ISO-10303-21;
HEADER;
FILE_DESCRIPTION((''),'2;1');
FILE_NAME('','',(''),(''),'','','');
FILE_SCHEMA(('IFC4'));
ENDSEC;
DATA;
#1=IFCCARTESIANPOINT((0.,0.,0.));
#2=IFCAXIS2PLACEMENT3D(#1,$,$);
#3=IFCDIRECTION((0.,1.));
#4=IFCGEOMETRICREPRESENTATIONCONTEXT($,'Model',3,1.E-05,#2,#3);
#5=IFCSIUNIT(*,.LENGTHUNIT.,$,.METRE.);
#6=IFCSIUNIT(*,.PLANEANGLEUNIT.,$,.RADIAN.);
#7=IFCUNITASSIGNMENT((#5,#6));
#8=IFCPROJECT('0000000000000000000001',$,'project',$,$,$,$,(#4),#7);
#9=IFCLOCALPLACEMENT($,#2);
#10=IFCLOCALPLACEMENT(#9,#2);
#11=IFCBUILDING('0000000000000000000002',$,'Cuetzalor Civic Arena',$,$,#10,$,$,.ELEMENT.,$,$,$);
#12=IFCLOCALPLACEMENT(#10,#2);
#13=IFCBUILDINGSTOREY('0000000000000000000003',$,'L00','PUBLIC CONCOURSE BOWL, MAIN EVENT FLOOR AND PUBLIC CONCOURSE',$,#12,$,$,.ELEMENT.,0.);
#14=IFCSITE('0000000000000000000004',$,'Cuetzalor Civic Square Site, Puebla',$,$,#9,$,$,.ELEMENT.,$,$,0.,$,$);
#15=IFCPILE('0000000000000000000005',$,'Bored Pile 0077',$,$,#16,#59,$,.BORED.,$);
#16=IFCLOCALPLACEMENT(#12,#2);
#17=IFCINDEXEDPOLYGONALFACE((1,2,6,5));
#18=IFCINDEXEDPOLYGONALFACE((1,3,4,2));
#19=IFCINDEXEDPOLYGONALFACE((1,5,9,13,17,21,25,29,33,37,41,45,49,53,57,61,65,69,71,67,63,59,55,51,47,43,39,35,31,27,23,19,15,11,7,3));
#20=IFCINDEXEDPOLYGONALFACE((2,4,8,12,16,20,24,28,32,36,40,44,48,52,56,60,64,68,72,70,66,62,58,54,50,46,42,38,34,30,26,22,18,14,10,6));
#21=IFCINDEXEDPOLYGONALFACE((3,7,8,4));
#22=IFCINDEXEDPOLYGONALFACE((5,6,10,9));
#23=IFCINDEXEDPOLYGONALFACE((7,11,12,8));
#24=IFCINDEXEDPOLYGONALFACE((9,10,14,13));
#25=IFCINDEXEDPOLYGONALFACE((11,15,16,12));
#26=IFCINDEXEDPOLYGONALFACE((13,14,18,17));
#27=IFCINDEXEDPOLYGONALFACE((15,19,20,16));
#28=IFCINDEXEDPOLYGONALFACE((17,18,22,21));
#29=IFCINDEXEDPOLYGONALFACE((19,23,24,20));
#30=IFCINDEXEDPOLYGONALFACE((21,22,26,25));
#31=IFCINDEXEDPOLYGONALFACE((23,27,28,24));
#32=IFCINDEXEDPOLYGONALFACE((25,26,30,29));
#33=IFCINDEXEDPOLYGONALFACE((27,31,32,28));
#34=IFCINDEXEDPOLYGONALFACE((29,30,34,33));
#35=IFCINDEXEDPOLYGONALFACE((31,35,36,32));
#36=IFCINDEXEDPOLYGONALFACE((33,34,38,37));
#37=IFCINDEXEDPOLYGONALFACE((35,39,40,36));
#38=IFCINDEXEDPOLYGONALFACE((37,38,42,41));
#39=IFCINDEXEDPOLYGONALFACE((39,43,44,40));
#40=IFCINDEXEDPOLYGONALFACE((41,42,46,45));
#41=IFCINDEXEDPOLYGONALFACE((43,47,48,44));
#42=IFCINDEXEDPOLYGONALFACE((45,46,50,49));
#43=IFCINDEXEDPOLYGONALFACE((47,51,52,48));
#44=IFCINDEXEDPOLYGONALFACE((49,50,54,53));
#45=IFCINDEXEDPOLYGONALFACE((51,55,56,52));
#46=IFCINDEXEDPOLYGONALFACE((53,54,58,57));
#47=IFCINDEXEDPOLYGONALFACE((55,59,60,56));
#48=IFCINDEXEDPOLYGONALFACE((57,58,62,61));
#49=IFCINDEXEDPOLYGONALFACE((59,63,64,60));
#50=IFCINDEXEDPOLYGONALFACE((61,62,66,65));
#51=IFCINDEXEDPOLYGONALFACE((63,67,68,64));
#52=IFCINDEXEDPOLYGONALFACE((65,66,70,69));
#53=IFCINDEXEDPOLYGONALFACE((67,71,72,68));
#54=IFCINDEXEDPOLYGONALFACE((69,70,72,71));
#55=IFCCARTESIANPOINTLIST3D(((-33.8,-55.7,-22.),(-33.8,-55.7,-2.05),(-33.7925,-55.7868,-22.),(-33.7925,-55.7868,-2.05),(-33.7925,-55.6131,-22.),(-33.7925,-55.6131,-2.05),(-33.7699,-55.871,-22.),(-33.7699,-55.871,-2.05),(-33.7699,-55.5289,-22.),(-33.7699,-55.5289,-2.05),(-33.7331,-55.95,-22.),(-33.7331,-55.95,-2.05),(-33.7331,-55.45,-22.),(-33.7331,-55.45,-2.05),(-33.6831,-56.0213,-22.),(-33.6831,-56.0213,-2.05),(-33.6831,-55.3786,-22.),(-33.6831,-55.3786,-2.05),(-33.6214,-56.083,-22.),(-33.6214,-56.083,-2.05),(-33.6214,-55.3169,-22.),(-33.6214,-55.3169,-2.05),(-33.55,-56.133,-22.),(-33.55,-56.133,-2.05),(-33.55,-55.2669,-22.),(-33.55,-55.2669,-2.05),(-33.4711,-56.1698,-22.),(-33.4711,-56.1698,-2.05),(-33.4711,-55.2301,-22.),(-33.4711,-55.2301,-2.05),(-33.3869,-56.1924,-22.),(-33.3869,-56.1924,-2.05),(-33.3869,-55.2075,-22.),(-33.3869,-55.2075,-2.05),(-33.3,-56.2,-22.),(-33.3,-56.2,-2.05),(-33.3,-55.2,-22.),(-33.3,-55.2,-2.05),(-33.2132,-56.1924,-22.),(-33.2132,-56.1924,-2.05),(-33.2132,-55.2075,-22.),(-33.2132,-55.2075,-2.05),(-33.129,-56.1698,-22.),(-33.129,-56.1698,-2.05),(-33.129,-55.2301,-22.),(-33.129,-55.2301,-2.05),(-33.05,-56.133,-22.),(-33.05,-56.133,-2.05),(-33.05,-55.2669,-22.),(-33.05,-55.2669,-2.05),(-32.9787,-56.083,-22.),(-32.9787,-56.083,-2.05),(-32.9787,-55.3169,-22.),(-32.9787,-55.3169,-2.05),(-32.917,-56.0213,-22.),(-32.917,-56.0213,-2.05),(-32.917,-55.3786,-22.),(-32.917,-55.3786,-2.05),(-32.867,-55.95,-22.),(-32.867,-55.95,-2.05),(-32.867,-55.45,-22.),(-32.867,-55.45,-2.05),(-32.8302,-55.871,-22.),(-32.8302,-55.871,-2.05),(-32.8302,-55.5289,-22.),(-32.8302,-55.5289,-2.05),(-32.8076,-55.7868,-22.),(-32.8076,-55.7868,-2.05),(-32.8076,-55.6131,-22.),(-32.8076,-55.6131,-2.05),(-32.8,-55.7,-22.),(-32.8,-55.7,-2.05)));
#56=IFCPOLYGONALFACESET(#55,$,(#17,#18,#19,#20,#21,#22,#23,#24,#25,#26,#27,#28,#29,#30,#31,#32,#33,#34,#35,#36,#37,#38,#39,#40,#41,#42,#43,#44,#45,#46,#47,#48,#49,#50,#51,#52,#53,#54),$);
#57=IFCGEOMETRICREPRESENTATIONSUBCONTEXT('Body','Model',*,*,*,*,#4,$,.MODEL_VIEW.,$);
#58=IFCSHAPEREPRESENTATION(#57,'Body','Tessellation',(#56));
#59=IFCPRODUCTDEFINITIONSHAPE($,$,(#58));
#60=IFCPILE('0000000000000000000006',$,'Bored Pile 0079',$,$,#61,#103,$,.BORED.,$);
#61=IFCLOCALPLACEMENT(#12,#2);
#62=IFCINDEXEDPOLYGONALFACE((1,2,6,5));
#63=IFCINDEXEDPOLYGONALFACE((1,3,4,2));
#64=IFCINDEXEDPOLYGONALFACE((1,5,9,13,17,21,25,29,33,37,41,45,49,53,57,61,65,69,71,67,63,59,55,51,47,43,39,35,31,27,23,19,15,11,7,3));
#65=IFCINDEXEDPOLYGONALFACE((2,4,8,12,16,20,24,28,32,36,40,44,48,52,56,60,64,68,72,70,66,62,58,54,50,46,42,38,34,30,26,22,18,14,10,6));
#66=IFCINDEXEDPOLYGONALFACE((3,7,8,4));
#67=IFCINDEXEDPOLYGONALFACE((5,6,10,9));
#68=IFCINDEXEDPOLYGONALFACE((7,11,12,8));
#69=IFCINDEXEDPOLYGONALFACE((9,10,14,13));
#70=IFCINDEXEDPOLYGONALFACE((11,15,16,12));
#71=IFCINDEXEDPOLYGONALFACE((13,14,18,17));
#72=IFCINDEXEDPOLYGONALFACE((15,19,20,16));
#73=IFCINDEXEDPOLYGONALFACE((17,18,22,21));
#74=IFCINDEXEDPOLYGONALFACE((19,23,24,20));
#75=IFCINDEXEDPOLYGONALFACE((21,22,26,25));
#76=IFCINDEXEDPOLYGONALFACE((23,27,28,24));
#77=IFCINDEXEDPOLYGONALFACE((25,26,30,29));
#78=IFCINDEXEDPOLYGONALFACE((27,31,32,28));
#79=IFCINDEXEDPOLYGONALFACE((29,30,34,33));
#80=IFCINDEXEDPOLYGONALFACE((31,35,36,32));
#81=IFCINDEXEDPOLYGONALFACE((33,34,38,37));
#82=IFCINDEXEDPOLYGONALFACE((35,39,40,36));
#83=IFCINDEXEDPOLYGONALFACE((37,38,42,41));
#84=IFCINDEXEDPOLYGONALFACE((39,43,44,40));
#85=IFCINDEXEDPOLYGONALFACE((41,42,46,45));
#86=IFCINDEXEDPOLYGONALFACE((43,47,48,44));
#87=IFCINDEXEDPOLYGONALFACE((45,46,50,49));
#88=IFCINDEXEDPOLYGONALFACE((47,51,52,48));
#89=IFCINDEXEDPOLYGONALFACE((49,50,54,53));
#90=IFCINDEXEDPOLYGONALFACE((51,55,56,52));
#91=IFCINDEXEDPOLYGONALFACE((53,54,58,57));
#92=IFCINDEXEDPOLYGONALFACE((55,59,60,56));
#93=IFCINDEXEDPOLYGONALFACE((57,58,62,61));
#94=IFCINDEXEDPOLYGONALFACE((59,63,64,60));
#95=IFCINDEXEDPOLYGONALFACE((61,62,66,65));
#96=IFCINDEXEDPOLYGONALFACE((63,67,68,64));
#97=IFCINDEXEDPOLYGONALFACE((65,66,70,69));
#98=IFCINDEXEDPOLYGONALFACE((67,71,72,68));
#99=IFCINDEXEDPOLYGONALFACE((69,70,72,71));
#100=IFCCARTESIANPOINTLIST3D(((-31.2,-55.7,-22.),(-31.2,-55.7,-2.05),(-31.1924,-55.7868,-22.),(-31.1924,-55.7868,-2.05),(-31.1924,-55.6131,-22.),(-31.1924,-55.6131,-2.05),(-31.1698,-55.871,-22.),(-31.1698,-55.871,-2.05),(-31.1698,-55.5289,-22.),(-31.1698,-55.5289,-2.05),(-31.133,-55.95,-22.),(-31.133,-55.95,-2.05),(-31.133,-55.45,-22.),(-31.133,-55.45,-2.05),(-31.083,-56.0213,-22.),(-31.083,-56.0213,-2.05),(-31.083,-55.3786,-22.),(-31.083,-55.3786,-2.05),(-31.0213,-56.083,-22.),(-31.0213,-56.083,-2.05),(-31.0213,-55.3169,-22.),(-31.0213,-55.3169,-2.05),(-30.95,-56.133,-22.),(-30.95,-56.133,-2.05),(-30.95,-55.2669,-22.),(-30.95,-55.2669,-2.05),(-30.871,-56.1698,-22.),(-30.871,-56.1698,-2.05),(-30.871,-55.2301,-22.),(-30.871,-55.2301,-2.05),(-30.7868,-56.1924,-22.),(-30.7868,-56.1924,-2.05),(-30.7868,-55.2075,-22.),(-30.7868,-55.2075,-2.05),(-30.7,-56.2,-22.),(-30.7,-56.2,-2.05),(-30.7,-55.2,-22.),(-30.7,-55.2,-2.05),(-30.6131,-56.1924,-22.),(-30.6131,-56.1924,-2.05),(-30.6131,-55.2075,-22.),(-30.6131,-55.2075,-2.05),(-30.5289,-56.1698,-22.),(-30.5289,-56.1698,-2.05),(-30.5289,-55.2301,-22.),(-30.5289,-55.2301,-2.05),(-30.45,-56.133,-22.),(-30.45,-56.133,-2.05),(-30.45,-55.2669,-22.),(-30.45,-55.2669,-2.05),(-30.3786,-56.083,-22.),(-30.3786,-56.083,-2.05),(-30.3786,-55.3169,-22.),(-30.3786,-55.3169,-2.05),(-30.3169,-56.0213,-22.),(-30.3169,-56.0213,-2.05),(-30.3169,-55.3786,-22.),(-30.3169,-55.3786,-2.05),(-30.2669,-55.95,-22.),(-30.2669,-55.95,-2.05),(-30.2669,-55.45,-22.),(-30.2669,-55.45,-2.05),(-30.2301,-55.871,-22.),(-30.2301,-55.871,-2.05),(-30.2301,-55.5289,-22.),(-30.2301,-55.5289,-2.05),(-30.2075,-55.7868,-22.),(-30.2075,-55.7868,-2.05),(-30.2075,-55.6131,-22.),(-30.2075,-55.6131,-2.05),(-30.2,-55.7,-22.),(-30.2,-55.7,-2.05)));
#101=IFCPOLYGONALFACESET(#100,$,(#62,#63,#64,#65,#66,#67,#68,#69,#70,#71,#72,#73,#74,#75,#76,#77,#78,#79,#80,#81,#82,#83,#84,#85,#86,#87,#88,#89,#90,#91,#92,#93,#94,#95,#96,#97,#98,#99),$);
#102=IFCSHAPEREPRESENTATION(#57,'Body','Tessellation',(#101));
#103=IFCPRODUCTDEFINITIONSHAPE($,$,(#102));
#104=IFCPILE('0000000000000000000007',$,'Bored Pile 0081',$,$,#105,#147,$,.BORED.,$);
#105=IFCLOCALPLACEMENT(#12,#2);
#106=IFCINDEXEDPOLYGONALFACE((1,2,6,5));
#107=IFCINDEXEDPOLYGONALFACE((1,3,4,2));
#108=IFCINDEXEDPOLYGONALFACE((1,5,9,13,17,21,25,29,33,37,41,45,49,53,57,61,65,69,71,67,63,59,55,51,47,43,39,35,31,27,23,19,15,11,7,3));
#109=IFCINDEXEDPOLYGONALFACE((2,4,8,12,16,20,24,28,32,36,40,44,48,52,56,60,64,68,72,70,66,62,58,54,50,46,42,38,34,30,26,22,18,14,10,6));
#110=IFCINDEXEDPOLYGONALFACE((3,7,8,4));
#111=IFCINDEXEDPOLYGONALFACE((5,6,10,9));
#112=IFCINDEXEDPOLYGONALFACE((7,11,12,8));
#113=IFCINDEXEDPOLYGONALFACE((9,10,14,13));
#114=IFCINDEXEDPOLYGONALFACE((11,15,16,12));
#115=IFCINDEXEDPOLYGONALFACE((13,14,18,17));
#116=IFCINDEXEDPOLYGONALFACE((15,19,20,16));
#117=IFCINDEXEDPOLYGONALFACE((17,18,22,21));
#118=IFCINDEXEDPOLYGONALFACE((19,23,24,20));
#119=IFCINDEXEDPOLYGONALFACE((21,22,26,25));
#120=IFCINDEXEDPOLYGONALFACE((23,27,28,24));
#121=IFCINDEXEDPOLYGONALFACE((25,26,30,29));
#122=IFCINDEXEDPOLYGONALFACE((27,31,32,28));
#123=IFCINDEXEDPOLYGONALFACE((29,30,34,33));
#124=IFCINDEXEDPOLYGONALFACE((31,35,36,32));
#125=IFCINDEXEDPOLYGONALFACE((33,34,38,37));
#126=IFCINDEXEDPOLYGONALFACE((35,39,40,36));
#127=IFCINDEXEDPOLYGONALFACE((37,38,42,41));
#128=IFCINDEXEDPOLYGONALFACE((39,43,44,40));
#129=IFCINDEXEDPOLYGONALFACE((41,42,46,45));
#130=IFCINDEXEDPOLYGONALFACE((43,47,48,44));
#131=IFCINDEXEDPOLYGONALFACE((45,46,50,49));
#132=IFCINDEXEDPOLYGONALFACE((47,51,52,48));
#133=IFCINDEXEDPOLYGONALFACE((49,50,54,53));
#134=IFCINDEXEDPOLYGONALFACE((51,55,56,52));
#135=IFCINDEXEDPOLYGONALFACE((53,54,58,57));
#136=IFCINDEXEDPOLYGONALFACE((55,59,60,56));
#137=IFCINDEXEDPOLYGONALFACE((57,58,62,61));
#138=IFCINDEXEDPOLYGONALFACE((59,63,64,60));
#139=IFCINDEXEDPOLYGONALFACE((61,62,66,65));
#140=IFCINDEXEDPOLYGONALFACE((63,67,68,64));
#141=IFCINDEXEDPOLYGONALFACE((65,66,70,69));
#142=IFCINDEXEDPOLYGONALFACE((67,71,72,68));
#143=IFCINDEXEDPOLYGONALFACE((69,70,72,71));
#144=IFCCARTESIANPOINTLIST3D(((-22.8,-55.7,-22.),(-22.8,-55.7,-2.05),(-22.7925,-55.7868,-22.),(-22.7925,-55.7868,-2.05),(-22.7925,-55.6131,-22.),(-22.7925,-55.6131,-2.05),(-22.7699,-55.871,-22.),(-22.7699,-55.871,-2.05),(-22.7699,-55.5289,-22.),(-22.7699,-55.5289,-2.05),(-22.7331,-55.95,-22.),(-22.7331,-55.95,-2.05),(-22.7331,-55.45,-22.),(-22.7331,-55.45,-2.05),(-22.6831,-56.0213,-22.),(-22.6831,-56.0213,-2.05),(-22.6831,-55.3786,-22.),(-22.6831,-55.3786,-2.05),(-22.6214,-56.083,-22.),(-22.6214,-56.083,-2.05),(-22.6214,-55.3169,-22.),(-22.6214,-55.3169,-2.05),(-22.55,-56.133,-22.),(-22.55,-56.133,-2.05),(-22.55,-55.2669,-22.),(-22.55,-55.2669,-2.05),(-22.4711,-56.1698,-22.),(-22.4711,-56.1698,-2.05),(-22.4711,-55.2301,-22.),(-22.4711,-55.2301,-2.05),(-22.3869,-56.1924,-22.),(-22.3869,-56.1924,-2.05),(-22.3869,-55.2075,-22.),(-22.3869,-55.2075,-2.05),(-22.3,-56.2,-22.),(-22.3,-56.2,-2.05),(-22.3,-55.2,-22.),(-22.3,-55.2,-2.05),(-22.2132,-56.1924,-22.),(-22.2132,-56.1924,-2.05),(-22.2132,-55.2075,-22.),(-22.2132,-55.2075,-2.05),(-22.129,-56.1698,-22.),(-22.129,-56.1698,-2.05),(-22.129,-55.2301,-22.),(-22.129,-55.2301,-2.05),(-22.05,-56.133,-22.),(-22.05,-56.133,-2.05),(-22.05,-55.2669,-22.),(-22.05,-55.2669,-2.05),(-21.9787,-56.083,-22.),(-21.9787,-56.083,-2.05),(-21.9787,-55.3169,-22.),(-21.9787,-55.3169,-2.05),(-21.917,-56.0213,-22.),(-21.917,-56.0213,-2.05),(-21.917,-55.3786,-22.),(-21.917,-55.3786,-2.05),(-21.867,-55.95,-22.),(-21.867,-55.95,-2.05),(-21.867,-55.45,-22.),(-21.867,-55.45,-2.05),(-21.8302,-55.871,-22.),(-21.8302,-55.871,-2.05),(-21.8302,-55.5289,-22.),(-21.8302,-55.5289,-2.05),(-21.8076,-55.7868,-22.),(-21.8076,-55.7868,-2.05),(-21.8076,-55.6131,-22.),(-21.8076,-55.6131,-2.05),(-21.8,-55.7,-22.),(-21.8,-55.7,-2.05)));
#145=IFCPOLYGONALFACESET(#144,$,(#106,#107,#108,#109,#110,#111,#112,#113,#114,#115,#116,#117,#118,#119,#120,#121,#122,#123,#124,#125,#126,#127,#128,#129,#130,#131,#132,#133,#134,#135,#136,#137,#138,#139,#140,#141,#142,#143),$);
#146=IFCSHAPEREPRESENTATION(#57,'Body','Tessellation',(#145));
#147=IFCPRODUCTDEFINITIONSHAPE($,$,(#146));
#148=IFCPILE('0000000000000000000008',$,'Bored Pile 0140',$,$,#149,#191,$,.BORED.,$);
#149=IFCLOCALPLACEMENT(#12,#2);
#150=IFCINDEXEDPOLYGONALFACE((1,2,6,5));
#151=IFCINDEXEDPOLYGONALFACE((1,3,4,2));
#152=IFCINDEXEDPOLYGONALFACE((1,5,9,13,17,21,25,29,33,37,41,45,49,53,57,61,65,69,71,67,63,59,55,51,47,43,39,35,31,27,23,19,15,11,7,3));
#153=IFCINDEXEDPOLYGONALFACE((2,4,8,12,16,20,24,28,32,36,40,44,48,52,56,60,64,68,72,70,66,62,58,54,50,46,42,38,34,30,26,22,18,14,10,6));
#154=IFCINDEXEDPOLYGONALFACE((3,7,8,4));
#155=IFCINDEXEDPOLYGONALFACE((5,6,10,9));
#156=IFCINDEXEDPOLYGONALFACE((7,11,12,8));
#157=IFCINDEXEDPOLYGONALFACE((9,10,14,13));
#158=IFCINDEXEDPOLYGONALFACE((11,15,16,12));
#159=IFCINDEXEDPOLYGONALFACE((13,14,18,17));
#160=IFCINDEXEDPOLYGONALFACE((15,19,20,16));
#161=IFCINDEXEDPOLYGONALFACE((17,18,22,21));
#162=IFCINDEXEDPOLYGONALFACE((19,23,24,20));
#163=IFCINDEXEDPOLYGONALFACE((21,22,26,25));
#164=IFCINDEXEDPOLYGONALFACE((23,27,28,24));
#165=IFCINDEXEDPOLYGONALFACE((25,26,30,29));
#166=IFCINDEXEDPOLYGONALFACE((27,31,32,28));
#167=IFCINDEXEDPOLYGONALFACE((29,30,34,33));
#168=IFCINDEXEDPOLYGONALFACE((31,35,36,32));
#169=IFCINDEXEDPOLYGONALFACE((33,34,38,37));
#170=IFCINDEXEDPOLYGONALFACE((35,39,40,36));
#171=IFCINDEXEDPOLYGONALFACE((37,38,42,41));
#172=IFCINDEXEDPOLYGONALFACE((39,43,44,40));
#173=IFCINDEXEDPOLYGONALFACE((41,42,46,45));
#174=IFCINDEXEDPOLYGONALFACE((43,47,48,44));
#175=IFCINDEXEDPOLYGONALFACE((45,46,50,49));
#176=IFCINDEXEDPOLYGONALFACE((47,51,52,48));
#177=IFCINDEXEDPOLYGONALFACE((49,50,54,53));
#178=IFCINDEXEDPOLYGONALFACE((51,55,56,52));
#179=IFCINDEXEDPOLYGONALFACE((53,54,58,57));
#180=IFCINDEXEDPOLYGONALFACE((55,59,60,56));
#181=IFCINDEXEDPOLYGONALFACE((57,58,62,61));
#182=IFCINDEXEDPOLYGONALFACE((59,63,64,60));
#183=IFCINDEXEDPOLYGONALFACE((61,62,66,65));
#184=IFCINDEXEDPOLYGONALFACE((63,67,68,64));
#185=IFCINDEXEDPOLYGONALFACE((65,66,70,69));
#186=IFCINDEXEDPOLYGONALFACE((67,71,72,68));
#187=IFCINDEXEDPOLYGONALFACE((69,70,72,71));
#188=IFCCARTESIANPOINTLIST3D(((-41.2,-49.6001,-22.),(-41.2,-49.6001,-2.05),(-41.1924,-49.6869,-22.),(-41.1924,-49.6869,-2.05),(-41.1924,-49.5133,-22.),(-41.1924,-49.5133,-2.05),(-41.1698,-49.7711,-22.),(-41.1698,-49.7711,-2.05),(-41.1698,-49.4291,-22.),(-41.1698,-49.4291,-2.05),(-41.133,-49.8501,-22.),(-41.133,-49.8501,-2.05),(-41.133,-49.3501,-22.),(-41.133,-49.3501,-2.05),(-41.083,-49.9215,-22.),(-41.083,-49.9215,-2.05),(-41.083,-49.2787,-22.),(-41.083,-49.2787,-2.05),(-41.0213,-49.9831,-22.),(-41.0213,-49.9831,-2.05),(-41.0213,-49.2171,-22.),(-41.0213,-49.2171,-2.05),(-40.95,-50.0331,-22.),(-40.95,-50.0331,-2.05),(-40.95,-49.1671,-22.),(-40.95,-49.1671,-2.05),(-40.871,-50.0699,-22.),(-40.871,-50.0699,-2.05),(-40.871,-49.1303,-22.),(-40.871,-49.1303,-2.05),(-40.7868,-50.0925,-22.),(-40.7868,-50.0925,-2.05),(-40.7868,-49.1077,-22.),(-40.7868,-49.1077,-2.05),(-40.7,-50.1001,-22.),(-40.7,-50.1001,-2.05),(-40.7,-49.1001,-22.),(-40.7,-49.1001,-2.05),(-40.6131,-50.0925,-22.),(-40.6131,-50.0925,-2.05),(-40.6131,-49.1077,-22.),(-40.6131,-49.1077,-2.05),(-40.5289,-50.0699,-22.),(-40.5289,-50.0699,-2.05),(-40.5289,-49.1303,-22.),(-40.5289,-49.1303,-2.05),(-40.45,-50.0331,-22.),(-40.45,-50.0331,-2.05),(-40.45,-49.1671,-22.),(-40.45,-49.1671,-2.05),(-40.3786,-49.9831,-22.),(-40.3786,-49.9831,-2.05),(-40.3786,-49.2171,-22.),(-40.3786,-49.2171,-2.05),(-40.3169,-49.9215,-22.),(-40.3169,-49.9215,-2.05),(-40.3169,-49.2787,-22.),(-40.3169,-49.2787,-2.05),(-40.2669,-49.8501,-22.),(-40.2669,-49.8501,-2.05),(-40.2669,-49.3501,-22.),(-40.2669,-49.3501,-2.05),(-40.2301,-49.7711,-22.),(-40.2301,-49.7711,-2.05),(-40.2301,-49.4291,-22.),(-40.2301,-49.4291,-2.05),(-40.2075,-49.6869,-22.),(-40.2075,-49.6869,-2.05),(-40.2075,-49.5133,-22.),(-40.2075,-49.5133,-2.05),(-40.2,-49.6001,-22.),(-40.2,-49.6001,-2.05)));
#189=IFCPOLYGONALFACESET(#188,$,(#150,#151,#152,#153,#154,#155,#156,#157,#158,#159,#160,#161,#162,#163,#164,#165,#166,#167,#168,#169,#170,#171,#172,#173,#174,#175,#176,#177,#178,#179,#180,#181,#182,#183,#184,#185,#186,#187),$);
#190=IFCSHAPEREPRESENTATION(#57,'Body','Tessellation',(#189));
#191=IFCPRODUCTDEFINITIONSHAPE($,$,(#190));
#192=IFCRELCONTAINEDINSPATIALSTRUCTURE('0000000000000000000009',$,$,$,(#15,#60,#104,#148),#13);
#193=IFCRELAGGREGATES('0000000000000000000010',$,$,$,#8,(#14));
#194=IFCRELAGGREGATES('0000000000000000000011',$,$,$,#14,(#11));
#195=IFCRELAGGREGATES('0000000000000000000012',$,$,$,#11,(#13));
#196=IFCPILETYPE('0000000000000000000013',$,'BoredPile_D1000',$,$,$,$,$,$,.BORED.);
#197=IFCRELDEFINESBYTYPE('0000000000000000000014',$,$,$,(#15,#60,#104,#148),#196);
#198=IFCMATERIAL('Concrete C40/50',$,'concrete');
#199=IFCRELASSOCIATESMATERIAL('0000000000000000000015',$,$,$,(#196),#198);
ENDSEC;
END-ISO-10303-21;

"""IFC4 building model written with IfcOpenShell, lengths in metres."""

from ifc_helpers import new_model, si_unit, direction, frame, origin, origin_2d, place, context, subcontext, project, spatial, circle, extrude, material, material_profile, profile_set, type_object, element, save


model = new_model("IFC4")

# Units and contexts
model_context = context("Model", 3, precision=1e-05, world=origin(), true_north=direction((0.0, 1.0)))
body_context = subcontext(model_context, "Body", "Model", "MODEL_VIEW")
ifc_project = project(units=[si_unit("LENGTHUNIT", "METRE"), si_unit("PLANEANGLEUNIT", "RADIAN")], contexts=[model_context])

# Site, building, storey
site_placement = place(None, origin())
site = spatial("IfcSite", under=ifc_project, at=site_placement, Name="Cuetzalor Civic Square Site, Puebla", CompositionType="ELEMENT", RefElevation=0.0)
building_placement = place(site_placement, origin())
building = spatial("IfcBuilding", under=site, at=building_placement, Name="Cuetzalor Civic Arena", CompositionType="ELEMENT")
storey_placement = place(building_placement, origin())
storey = spatial("IfcBuildingStorey", under=building, at=storey_placement, Name="L00", Description="PUBLIC CONCOURSE BOWL, MAIN EVENT FLOOR AND PUBLIC CONCOURSE", CompositionType="ELEMENT", Elevation=0.0)

# Piles
ifc_material_1 = material(Name="Concrete C40/50", Category="concrete")
ifc_material_profile_1 = material_profile(ifc_material_1, circle(Radius=0.5, at=origin_2d()), Name="BORED PILE D1000")
ifc_profile_set_1 = profile_set([ifc_material_profile_1], Name="Concrete C40/50")
pile_type_1 = type_object("IfcPileType", Name="BoredPile_D1000", PredefinedType="BORED", material=ifc_profile_set_1)
for number, where, z_axis, x_axis, name in (
    (1, (-33.3, -55.7, -2.05), (0.0, 0.0, -1.0), (1.0, 0.0, 0.0), "Bored Pile 0077"),
    (2, (-30.7, -55.7, -2.05), (0.0, 0.0, -1.0), (1.0, 0.0, 0.0), "Bored Pile 0079"),
    (3, (-22.3, -55.7, -2.05), (0.0, 0.0, -1.0), (1.0, 0.0, 0.0), "Bored Pile 0081"),
    (4, (-40.7, -49.6001, -2.05), (0.0, 0.0, -1.0), (1.0, 0.0, 0.0), "Bored Pile 0140"),
):
    element("IfcPile", number, at=place(storey_placement, frame(where, z_axis=z_axis, x_axis=x_axis)), inside=storey, type_object=pile_type_1, Name=name, PredefinedType="BORED", context=body_context, shape_type="SweptSolid", body=[
        extrude(circle(Radius=0.5, at=origin_2d()), origin(), (0.0, 0.0, 1.0), 19.95),
    ])

save(model, "model.ifc")
